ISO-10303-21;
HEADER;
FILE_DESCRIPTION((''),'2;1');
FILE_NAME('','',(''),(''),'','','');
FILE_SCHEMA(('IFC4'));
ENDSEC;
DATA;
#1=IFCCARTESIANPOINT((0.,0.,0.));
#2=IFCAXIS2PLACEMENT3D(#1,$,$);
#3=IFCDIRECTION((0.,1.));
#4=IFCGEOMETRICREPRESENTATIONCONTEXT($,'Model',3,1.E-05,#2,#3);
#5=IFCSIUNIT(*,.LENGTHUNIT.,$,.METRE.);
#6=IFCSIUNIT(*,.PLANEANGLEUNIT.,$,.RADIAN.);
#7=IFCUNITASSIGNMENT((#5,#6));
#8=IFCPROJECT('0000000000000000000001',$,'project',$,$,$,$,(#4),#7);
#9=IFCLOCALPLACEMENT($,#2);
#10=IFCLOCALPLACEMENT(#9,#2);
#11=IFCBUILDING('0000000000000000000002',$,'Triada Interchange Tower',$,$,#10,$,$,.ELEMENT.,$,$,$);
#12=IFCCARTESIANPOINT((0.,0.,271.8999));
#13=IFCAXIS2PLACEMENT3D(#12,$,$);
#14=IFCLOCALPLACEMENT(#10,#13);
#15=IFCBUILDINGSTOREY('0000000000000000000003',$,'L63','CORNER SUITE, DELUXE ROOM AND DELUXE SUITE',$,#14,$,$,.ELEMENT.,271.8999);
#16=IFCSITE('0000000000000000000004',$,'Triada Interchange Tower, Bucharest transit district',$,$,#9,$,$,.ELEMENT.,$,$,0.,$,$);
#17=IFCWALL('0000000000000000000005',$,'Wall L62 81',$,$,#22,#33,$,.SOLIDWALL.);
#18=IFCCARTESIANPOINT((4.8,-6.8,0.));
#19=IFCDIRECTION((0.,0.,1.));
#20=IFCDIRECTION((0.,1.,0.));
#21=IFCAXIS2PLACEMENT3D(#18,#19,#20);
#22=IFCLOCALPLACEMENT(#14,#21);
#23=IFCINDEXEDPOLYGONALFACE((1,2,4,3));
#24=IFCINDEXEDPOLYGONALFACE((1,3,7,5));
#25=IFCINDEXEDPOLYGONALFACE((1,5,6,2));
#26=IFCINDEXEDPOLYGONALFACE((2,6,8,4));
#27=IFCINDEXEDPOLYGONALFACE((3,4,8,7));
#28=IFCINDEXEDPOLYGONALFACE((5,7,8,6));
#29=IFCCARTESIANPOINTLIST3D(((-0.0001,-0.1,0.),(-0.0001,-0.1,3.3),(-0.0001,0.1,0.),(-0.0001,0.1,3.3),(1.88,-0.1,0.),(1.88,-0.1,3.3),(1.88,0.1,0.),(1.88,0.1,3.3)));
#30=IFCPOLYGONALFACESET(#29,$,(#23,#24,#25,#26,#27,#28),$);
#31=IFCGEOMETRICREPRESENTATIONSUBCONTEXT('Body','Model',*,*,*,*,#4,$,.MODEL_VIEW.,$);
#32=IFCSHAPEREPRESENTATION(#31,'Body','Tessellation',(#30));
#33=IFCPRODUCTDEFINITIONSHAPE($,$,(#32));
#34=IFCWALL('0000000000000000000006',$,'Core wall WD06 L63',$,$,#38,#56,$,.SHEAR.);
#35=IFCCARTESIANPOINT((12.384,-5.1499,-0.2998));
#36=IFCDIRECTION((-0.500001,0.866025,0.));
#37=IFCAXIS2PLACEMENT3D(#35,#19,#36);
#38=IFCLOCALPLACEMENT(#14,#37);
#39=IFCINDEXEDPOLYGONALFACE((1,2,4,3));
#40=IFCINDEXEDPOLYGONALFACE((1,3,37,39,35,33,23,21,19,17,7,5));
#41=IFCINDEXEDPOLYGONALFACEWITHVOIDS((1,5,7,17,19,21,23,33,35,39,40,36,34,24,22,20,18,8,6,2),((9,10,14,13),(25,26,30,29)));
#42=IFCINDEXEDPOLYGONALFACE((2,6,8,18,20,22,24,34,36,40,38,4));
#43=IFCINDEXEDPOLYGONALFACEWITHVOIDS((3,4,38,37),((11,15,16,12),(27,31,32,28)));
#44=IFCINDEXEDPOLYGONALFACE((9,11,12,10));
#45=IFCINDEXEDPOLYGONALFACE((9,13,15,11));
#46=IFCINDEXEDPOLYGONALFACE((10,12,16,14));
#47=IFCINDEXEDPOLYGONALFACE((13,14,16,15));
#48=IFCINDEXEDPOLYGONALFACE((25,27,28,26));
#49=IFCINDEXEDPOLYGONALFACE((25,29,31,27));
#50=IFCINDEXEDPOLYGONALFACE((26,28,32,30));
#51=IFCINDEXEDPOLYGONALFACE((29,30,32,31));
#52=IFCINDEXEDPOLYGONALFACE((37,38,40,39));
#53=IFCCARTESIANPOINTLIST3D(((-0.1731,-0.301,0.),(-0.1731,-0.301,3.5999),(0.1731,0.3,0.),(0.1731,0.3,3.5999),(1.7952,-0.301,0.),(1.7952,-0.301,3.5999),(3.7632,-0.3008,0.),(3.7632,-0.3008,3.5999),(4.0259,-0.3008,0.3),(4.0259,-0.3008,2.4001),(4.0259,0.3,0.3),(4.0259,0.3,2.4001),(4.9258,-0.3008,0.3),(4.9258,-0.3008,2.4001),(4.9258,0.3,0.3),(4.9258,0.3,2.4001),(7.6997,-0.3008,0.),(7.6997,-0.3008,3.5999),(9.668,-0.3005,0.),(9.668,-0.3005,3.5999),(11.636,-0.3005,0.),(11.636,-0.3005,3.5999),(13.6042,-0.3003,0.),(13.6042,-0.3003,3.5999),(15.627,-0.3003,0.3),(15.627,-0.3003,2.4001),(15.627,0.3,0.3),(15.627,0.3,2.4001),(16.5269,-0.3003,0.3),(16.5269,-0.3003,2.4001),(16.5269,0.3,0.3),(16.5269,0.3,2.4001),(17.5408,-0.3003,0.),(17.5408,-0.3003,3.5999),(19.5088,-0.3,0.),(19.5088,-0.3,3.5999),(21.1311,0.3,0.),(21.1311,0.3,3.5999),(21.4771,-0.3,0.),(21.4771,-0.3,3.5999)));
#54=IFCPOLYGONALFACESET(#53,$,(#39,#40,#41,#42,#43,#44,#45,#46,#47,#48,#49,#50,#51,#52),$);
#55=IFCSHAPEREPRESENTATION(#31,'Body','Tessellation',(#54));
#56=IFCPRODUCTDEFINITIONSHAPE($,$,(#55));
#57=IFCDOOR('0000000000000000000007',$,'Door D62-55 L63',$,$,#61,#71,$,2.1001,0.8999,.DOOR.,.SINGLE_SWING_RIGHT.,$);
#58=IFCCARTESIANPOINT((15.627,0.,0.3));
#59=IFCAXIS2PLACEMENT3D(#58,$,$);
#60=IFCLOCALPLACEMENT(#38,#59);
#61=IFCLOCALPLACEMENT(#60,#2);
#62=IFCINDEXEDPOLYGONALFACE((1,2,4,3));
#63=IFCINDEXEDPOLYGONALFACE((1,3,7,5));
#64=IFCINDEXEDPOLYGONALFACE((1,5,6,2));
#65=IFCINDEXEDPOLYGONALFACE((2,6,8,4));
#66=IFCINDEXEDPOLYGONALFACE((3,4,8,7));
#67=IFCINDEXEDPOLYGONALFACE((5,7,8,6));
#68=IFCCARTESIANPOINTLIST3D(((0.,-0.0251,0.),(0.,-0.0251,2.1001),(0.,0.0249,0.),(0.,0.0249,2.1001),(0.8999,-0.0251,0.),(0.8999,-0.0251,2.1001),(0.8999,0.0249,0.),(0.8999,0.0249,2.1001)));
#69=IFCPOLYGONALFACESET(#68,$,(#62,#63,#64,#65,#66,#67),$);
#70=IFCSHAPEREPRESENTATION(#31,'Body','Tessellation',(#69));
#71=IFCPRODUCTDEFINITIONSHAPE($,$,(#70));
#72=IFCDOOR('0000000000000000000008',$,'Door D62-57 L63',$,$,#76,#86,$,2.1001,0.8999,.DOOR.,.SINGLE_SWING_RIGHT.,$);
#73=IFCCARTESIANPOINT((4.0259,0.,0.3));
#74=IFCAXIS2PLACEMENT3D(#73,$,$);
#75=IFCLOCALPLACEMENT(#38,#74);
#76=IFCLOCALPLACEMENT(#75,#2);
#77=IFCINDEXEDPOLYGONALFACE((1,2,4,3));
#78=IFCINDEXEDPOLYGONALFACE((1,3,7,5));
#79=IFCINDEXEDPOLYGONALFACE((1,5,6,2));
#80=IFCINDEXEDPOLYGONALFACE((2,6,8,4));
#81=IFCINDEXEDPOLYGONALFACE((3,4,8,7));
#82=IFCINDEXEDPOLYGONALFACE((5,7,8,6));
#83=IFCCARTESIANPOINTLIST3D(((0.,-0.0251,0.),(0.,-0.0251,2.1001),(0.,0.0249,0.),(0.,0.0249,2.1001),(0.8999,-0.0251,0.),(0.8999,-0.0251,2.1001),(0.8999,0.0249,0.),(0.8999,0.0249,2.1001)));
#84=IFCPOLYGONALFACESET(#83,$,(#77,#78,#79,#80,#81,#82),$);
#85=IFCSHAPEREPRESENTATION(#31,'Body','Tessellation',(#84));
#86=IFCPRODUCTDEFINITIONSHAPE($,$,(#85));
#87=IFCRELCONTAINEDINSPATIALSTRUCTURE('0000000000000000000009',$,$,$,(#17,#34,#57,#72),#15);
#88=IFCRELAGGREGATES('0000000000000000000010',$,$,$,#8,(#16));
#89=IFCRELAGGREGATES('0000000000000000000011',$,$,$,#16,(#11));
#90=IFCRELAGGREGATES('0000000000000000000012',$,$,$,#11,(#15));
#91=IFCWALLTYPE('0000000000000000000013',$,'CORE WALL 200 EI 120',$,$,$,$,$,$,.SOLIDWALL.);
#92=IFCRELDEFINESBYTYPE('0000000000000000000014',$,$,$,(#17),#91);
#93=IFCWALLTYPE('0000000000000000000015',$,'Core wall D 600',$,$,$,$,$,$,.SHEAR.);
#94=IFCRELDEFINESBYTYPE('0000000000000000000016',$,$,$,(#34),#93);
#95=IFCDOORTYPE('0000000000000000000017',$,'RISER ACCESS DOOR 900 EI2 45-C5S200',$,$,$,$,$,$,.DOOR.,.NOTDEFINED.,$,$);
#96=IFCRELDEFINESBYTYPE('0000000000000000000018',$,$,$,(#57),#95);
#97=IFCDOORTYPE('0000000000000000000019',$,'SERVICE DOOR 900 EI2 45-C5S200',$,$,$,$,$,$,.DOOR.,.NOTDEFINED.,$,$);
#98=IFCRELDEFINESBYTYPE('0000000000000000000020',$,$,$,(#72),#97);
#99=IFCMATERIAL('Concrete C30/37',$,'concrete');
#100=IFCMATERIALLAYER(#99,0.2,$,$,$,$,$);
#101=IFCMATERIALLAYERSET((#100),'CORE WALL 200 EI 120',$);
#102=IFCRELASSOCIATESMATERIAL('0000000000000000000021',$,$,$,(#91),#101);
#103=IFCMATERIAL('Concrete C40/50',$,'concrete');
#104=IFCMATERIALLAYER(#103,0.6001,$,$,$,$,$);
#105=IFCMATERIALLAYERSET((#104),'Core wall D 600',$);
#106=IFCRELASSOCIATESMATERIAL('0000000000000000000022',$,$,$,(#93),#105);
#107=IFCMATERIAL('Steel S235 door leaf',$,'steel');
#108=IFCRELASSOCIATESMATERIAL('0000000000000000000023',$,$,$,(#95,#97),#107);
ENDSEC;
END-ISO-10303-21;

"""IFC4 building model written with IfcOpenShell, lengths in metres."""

from ifc_helpers import new_model, si_unit, direction, frame, frame_2d, origin, place, context, subcontext, project, spatial, polyline, rectangle, outline, extrude, material, layer, layer_set, type_object, element, fill, save


model = new_model("IFC4")

# Units and contexts
model_context = context("Model", 3, precision=1e-05, world=origin(), true_north=direction((0.0, 1.0)))
body_context = subcontext(model_context, "Body", "Model", "MODEL_VIEW")
ifc_project = project(units=[si_unit("LENGTHUNIT", "METRE"), si_unit("PLANEANGLEUNIT", "RADIAN")], contexts=[model_context])

# Site, building, storey
site_placement = place(None, origin())
site = spatial("IfcSite", under=ifc_project, at=site_placement, Name="Triada Interchange Tower, Bucharest transit district", CompositionType="ELEMENT", RefElevation=0.0)
building_placement = place(site_placement, origin())
building = spatial("IfcBuilding", under=site, at=building_placement, Name="Triada Interchange Tower", CompositionType="ELEMENT")
storey_placement = place(building_placement, frame((0.0, 0.0, 271.8999)))
storey = spatial("IfcBuildingStorey", under=building, at=storey_placement, Name="L63", Description="CORNER SUITE, DELUXE ROOM AND DELUXE SUITE", CompositionType="ELEMENT", Elevation=271.8999)

# Shared definitions
ifc_material_1 = material(Name="Concrete C30/37", Category="concrete")
ifc_layer_1 = layer(ifc_material_1, 0.2)
ifc_layer_set_1 = layer_set([ifc_layer_1], Name="CORE WALL 200 EI 120")
wall_type_1 = type_object("IfcWallType", Name="CORE WALL 200 EI 120", PredefinedType="SOLIDWALL", material=ifc_layer_set_1)

# Shared definitions
ifc_material_2 = material(Name="Steel S235 door leaf", Category="steel")

# Wall
wall_1_placement = place(storey_placement, frame((4.8, -6.8, 0.0), z_axis=(0.0, 0.0, 1.0), x_axis=(0.0, 1.0, 0.0)))
element("IfcWall", 1, at=wall_1_placement, inside=storey, type_object=wall_type_1, Name="Wall L62 81", PredefinedType="SOLIDWALL", context=body_context, shape_type="SweptSolid", body=[
    extrude(rectangle(XDim=1.8801, YDim=0.2, at=frame_2d((0.9399, 0.0))), origin(), (0.0, 0.0, 1.0), 3.3),
])

# Wall, openings, doors
ifc_material_3 = material(Name="Concrete C40/50", Category="concrete")
ifc_layer_2 = layer(ifc_material_3, 0.6001)
ifc_layer_set_2 = layer_set([ifc_layer_2], Name="Core wall D 600")
wall_type_2 = type_object("IfcWallType", Name="Core wall D 600", PredefinedType="SHEAR", material=ifc_layer_set_2)
wall_2_placement = place(storey_placement, frame((12.384, -5.1499, -0.2998), z_axis=(0.0, 0.0, 1.0), x_axis=(-0.500001, 0.866025, 0.0)))
wall_2 = element("IfcWall", 2, at=wall_2_placement, inside=storey, type_object=wall_type_2, Name="Core wall WD06 L63", PredefinedType="SHEAR", context=body_context, shape_type="SweptSolid", body=[
    extrude(outline(polyline([(-0.1731, -0.301), (1.7952, -0.301), (3.7632, -0.3008), (5.7314, -0.3008), (7.6997, -0.3008), (9.668, -0.3005), (11.636, -0.3005), (13.6042, -0.3003), (15.5725, -0.3003), (17.5408, -0.3003), (19.5088, -0.3), (21.4771, -0.3), (21.1311, 0.3), (19.2258, 0.3), (17.3206, 0.3), (15.4153, 0.3), (13.51, 0.3), (11.6047, 0.3), (9.6995, 0.3), (7.7942, 0.3), (5.8889, 0.3), (3.9836, 0.3), (2.0784, 0.3), (0.1731, 0.3), (-0.1731, -0.301)])), origin(), (0.0, 0.0, 1.0), 3.5999),
])
opening_1_placement = place(wall_2_placement, frame((15.627, 0.0, 0.3)))
opening_1 = element("IfcOpeningElement", 3, at=opening_1_placement, cuts=wall_2, PredefinedType="OPENING", context=body_context, shape_type="SweptSolid", body=[
    extrude(rectangle(XDim=0.8999, YDim=2.1001, at=frame_2d((0.45, 1.05))), frame((0.0, 0.3101, 0.0), z_axis=(0.0, -1.0, 0.0), x_axis=(1.0, 0.0, 0.0)), (0.0, 0.0, 1.0), 0.6211),
])
opening_2_placement = place(wall_2_placement, frame((4.0259, 0.0, 0.3)))
opening_2 = element("IfcOpeningElement", 4, at=opening_2_placement, cuts=wall_2, PredefinedType="OPENING", context=body_context, shape_type="SweptSolid", body=[
    extrude(rectangle(XDim=0.8999, YDim=2.1001, at=frame_2d((0.45, 1.05))), frame((0.0, 0.3101, 0.0), z_axis=(0.0, -1.0, 0.0), x_axis=(1.0, 0.0, 0.0)), (0.0, 0.0, 1.0), 0.6211),
])
door_type_1 = type_object("IfcDoorType", Name="RISER ACCESS DOOR 900 EI2 45-C5S200", OperationType="NOTDEFINED", PredefinedType="DOOR", material=ifc_material_2)
door_1_placement = place(opening_1_placement, origin())
door_1 = element("IfcDoor", 5, at=door_1_placement, inside=storey, type_object=door_type_1, Name="Door D62-55 L63", OperationType="SINGLE_SWING_RIGHT", OverallHeight=2.1001, OverallWidth=0.8999, PredefinedType="DOOR", context=body_context, shape_type="SweptSolid", body=[
    extrude(rectangle(XDim=0.8999, YDim=2.1001, at=frame_2d((0.45, 1.05))), frame((0.0, 0.0249, 0.0), z_axis=(0.0, -1.0, 0.0), x_axis=(1.0, 0.0, 0.0)), (0.0, 0.0, 1.0), 0.05),
])
fill(opening_1, door_1)
door_type_2 = type_object("IfcDoorType", Name="SERVICE DOOR 900 EI2 45-C5S200", OperationType="NOTDEFINED", PredefinedType="DOOR", material=ifc_material_2)
door_2_placement = place(opening_2_placement, origin())
door_2 = element("IfcDoor", 6, at=door_2_placement, inside=storey, type_object=door_type_2, Name="Door D62-57 L63", OperationType="SINGLE_SWING_RIGHT", OverallHeight=2.1001, OverallWidth=0.8999, PredefinedType="DOOR", context=body_context, shape_type="SweptSolid", body=[
    extrude(rectangle(XDim=0.8999, YDim=2.1001, at=frame_2d((0.45, 1.05))), frame((0.0, 0.0249, 0.0), z_axis=(0.0, -1.0, 0.0), x_axis=(1.0, 0.0, 0.0)), (0.0, 0.0, 1.0), 0.05),
])
fill(opening_2, door_2)

save(model, "model.ifc")
